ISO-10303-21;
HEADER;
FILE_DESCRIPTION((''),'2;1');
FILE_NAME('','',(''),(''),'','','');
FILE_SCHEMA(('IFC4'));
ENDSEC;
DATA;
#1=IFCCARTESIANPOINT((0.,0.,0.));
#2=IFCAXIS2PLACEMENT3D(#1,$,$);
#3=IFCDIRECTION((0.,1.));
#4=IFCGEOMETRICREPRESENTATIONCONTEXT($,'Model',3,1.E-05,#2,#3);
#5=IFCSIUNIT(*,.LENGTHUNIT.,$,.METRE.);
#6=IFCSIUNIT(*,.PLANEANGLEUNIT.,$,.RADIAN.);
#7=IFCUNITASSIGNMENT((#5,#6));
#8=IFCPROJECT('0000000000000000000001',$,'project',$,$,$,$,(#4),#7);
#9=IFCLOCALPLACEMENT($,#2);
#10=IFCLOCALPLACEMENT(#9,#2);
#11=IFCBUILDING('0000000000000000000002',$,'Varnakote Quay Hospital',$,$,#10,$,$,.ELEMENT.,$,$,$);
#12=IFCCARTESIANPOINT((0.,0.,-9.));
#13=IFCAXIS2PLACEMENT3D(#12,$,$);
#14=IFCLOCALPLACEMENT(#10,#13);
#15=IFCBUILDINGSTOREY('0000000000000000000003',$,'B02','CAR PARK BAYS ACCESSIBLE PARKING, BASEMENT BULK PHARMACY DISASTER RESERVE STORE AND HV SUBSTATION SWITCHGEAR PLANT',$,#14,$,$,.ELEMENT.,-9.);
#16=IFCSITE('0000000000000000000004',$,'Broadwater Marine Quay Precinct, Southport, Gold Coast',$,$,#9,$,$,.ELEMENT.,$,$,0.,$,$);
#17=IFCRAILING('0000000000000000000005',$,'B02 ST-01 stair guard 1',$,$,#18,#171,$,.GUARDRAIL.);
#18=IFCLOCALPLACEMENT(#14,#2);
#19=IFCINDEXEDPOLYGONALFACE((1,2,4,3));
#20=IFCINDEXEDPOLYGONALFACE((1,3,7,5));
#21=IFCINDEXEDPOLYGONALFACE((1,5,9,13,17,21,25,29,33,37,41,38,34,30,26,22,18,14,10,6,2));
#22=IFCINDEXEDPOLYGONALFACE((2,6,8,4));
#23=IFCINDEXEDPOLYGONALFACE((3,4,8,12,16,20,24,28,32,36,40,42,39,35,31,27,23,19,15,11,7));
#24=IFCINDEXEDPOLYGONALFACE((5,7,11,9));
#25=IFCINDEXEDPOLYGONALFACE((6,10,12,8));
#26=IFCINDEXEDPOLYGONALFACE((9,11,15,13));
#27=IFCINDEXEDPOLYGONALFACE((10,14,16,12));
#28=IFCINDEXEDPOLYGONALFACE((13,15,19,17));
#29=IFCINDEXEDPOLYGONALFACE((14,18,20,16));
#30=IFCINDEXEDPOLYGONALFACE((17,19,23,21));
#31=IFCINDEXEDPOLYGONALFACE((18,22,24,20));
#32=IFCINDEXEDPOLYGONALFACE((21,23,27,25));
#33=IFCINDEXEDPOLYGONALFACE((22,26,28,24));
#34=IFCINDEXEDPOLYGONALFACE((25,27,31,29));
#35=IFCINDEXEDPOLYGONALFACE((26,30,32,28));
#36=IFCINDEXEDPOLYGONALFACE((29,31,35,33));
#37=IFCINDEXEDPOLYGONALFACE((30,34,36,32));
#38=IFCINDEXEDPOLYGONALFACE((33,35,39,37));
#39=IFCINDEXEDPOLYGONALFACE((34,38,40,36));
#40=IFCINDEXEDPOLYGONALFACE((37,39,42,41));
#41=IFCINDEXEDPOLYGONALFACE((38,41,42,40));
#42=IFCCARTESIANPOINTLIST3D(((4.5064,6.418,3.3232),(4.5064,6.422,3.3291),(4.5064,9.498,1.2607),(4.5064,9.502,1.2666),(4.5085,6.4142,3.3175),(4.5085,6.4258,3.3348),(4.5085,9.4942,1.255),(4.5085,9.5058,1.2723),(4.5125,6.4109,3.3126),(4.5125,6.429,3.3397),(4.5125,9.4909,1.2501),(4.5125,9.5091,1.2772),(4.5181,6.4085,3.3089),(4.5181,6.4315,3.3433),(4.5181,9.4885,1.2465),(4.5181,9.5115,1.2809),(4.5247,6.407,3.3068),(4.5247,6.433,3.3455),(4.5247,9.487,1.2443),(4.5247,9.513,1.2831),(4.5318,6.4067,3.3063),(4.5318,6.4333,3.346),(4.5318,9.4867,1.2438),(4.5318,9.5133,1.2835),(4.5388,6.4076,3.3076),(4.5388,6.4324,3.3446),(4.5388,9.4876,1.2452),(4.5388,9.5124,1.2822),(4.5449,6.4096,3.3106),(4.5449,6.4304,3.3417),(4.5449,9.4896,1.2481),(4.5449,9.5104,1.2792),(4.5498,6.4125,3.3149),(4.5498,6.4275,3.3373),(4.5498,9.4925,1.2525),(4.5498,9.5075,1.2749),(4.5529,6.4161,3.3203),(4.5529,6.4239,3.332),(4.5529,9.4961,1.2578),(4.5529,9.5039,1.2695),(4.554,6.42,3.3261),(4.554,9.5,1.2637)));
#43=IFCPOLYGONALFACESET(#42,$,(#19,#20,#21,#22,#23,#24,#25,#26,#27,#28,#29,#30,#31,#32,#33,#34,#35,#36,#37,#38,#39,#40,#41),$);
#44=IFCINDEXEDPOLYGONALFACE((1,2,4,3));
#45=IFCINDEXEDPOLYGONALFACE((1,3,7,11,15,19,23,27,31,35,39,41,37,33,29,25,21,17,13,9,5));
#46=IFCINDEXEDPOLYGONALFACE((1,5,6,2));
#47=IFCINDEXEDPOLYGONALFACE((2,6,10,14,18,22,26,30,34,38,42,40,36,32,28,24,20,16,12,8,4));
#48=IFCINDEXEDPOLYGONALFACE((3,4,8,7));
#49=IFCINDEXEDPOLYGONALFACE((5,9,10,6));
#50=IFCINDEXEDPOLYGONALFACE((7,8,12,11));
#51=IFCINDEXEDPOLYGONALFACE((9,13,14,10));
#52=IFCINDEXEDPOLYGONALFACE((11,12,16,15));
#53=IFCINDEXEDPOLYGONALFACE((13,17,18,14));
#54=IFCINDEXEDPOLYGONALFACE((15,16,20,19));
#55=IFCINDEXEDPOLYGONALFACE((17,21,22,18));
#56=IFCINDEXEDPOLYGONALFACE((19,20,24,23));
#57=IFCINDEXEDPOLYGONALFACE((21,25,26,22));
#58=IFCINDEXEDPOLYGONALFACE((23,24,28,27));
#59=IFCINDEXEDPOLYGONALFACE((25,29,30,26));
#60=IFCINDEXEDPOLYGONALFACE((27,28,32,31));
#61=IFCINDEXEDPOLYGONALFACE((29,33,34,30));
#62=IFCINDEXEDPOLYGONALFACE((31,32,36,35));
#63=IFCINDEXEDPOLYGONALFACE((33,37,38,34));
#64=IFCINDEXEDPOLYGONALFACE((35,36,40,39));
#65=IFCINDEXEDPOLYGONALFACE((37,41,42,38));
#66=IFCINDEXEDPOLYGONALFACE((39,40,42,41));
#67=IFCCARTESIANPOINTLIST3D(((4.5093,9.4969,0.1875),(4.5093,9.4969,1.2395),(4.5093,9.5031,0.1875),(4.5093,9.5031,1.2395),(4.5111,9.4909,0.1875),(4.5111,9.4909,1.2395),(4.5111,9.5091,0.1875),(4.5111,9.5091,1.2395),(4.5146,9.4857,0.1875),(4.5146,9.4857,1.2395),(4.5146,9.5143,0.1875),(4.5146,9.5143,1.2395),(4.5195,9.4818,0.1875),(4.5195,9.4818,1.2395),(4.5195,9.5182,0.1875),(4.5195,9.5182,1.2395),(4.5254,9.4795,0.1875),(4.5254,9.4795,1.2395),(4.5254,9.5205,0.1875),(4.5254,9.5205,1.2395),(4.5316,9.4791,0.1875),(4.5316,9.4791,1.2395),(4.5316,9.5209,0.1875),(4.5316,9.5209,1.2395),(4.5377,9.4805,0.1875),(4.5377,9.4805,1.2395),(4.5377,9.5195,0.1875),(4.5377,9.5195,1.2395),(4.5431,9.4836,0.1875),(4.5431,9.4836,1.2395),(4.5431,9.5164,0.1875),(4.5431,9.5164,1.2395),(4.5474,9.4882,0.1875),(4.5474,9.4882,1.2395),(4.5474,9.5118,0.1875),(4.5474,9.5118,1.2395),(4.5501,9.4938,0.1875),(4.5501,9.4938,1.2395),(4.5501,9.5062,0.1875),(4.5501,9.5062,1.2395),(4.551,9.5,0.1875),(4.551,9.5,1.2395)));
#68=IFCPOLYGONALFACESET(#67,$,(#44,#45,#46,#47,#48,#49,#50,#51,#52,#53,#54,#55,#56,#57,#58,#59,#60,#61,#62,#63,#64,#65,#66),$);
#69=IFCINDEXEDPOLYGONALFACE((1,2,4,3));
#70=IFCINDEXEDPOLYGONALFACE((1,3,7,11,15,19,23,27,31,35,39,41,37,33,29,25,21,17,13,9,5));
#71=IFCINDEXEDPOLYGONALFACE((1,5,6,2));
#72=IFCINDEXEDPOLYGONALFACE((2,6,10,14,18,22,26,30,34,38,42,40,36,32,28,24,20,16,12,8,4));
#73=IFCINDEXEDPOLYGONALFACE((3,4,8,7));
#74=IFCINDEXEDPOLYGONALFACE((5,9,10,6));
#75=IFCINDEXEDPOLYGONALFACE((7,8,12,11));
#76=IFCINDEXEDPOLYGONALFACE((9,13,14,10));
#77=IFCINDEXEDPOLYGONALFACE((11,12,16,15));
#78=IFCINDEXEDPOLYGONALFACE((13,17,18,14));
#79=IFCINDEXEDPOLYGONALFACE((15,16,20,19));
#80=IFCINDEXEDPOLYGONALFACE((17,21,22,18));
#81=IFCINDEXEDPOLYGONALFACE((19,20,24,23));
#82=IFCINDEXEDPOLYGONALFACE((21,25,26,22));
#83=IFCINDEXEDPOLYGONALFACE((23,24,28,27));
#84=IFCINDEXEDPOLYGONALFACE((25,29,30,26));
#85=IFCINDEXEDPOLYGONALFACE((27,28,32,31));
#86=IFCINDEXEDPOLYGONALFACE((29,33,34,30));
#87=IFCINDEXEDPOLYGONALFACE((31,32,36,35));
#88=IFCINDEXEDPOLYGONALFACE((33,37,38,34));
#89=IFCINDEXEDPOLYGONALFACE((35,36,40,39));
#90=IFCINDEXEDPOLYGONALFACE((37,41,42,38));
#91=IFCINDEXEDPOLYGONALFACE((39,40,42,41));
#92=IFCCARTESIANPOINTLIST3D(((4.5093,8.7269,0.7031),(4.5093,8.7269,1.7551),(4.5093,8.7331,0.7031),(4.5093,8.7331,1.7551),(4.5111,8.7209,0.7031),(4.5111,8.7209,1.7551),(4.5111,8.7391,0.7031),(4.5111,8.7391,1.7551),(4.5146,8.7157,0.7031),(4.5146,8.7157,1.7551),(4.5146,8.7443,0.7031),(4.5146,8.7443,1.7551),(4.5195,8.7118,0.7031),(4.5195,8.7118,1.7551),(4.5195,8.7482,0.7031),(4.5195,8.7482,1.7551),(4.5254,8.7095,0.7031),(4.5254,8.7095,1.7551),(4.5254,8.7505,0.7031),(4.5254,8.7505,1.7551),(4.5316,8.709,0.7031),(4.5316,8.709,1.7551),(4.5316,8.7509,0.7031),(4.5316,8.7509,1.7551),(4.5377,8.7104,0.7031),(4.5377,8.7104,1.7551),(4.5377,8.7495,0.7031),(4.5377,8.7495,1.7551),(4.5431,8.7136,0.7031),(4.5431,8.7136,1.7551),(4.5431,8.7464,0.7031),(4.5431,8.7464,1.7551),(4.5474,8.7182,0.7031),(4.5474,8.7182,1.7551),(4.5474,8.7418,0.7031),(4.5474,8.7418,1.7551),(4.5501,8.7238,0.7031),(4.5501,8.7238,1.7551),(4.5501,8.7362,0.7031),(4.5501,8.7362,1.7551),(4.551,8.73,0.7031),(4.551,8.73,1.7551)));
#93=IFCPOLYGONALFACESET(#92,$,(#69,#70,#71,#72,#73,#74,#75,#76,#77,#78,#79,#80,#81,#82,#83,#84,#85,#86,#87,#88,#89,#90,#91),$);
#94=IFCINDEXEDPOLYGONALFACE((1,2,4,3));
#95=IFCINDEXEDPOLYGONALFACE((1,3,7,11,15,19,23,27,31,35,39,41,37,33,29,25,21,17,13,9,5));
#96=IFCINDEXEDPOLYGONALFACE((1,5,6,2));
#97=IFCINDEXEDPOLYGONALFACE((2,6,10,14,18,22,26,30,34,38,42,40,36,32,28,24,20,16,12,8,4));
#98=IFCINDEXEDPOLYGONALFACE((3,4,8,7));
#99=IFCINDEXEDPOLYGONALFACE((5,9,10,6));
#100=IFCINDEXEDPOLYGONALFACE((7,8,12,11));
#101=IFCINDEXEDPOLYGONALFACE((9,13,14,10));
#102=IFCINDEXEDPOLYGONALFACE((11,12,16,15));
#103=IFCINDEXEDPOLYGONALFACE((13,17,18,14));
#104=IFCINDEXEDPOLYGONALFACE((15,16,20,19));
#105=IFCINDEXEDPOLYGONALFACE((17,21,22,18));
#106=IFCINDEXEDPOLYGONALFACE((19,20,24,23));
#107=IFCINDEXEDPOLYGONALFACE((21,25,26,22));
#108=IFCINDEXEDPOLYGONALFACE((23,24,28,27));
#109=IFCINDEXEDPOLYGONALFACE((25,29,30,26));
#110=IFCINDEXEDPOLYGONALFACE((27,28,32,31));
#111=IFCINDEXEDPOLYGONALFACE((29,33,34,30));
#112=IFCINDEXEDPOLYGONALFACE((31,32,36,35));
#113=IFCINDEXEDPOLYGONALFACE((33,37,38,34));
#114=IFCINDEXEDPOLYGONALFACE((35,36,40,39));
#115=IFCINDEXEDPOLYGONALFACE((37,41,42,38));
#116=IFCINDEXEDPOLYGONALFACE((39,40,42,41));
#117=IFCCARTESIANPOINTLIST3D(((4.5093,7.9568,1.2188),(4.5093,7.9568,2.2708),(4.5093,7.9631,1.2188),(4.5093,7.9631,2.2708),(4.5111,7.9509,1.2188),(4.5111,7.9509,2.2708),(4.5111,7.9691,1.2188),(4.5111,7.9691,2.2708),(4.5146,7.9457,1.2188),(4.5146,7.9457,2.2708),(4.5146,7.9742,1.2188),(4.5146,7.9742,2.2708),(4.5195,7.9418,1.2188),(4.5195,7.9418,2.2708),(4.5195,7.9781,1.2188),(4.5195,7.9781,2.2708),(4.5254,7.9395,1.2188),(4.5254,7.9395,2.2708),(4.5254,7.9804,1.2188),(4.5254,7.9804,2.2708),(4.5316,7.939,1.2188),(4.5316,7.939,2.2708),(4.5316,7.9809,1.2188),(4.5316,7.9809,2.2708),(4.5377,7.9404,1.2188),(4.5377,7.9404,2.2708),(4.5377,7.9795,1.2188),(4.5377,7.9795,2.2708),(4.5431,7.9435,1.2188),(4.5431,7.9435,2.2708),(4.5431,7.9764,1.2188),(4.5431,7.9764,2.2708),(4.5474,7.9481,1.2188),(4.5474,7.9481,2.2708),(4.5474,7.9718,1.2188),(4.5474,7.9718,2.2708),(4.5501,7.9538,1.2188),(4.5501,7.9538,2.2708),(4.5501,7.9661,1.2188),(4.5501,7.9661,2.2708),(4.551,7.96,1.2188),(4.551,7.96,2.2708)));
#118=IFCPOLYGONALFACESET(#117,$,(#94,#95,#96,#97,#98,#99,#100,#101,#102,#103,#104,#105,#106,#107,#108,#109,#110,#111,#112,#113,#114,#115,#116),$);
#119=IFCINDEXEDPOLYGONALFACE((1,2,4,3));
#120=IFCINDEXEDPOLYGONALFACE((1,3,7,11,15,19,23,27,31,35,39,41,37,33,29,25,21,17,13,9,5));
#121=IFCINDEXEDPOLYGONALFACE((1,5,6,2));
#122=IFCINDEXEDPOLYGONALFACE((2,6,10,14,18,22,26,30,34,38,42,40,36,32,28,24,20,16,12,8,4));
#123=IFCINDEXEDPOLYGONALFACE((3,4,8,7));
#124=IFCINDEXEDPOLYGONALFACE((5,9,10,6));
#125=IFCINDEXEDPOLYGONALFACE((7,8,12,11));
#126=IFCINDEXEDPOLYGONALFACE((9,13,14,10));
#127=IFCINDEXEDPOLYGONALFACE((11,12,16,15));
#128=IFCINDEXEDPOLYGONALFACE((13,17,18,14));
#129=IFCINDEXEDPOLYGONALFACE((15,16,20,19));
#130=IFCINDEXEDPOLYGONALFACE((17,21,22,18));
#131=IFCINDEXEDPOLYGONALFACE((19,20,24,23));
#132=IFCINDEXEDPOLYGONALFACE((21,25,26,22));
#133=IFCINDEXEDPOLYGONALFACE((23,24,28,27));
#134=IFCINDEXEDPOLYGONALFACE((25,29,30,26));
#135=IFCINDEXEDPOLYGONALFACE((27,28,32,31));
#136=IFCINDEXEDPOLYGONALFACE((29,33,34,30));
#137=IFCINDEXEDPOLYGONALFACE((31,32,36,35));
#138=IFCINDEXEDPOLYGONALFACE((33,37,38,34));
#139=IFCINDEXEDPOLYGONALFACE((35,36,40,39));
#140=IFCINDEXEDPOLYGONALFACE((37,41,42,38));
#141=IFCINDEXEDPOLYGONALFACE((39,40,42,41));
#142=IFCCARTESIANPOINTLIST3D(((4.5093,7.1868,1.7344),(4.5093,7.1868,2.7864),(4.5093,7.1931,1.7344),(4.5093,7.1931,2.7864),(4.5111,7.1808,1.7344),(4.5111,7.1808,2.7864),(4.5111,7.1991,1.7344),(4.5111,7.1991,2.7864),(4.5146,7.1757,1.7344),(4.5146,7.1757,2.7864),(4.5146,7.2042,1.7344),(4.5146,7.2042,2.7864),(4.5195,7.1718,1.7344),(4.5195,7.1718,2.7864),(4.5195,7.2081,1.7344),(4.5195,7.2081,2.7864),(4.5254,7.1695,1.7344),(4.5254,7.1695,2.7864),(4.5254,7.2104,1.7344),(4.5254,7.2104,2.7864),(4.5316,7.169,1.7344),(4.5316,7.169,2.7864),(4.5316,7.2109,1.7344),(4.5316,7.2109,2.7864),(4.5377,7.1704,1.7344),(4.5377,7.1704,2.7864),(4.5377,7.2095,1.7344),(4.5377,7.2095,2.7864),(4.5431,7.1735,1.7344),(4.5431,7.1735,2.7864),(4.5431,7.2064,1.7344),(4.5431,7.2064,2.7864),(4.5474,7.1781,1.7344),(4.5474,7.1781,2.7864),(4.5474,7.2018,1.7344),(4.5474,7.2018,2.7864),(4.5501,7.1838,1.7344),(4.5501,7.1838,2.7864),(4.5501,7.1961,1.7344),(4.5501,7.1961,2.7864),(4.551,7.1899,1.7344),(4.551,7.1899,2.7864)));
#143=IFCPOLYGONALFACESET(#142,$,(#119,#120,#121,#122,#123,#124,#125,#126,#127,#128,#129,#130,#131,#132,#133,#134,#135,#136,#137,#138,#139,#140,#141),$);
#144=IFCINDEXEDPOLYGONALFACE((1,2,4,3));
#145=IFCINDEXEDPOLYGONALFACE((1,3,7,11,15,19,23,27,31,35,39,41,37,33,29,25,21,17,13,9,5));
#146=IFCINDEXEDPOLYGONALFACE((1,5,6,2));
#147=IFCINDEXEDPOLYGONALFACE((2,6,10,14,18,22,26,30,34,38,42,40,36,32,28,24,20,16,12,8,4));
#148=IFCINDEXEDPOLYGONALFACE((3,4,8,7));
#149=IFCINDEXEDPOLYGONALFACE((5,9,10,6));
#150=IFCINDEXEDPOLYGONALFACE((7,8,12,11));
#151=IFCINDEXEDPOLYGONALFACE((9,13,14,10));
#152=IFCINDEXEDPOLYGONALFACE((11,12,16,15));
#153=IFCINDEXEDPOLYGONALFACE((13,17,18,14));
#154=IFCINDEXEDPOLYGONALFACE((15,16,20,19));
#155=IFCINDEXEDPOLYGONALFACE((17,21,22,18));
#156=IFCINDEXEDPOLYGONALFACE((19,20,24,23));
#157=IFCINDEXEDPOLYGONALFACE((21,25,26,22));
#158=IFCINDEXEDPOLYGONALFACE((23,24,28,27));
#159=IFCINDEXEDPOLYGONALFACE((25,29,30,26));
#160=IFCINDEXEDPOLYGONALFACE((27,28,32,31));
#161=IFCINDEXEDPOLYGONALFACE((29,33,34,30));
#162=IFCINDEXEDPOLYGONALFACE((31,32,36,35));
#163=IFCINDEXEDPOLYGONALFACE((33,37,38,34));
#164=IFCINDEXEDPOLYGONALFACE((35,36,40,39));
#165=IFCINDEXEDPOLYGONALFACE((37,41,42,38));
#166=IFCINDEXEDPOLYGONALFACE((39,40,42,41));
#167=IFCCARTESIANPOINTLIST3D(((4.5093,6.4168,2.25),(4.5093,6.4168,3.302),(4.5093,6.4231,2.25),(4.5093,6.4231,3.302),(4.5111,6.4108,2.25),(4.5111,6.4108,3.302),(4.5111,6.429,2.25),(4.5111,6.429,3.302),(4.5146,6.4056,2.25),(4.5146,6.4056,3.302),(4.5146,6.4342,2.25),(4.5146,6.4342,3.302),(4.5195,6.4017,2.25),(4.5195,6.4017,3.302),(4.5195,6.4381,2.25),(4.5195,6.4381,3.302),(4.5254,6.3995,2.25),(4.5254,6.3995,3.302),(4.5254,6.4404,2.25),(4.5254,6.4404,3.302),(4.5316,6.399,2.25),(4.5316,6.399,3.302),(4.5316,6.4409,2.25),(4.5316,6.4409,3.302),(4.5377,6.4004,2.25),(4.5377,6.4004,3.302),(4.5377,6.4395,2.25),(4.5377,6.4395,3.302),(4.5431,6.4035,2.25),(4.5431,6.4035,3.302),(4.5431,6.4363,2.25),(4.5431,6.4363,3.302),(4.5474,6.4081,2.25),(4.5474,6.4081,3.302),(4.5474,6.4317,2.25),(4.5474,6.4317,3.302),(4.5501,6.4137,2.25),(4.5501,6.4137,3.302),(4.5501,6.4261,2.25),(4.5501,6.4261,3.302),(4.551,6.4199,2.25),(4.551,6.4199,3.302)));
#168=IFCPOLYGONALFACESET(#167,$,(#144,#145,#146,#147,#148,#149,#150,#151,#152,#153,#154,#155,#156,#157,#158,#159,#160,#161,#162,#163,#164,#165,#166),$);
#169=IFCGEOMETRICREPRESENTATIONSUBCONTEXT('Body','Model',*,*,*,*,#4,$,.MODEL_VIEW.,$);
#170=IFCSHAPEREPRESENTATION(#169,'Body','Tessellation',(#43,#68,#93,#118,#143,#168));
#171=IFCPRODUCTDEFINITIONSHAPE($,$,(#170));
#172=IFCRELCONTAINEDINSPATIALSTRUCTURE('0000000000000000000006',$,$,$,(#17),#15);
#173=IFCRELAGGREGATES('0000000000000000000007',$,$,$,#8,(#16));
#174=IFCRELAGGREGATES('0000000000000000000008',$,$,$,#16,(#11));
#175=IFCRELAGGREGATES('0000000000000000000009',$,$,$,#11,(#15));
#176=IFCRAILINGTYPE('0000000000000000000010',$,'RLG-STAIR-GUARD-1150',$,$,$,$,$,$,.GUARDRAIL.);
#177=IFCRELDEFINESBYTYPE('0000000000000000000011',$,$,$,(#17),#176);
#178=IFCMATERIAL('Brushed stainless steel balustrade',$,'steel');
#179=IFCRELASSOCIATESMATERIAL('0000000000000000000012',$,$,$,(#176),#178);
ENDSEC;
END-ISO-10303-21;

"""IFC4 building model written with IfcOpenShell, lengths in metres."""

from ifc_helpers import new_model, si_unit, direction, frame, origin, origin_2d, place, context, subcontext, project, spatial, circle, extrude, material, type_object, element, save


model = new_model("IFC4")

# Units and contexts
model_context = context("Model", 3, precision=1e-05, world=origin(), true_north=direction((0.0, 1.0)))
body_context = subcontext(model_context, "Body", "Model", "MODEL_VIEW")
ifc_project = project(units=[si_unit("LENGTHUNIT", "METRE"), si_unit("PLANEANGLEUNIT", "RADIAN")], contexts=[model_context])

# Site, building, storey
site_placement = place(None, origin())
site = spatial("IfcSite", under=ifc_project, at=site_placement, Name="Broadwater Marine Quay Precinct, Southport, Gold Coast", CompositionType="ELEMENT", RefElevation=0.0)
building_placement = place(site_placement, origin())
building = spatial("IfcBuilding", under=site, at=building_placement, Name="Varnakote Quay Hospital", CompositionType="ELEMENT")
storey_placement = place(building_placement, frame((0.0, 0.0, -9.0)))
storey = spatial("IfcBuildingStorey", under=building, at=storey_placement, Name="B02", Description="CAR PARK BAYS ACCESSIBLE PARKING, BASEMENT BULK PHARMACY DISASTER RESERVE STORE AND HV SUBSTATION SWITCHGEAR PLANT", CompositionType="ELEMENT", Elevation=-9.0)

# Railing
ifc_material_1 = material(Name="Brushed stainless steel balustrade", Category="steel")
railing_type_1 = type_object("IfcRailingType", Name="RLG-STAIR-GUARD-1150", PredefinedType="GUARDRAIL", material=ifc_material_1)
railing_1_placement = place(storey_placement, frame((4.53, 9.5, 0.1875)))
element("IfcRailing", 1, at=railing_1_placement, inside=storey, type_object=railing_type_1, Name="B02 ST-01 stair guard 1", PredefinedType="GUARDRAIL", context=body_context, shape_type="SweptSolid", body=[
    extrude(circle(Radius=0.0239, at=origin_2d()), frame((0.0, 0.0, 1.0762), z_axis=(0.0, -0.830914, 0.556401), x_axis=(1.0, 0.0, 0.0)), (0.0, 0.0, 1.0), 3.7068),
    extrude(circle(Radius=0.021, at=origin_2d()), origin(), (0.0, 0.0, 1.0), 1.052),
    extrude(circle(Radius=0.021, at=origin_2d()), frame((0.0, -0.77, 0.5156)), (0.0, 0.0, 1.0), 1.052),
    extrude(circle(Radius=0.021, at=origin_2d()), frame((0.0, -1.54, 1.0312)), (0.0, 0.0, 1.0), 1.052),
    extrude(circle(Radius=0.021, at=origin_2d()), frame((0.0, -2.3101, 1.5469)), (0.0, 0.0, 1.0), 1.052),
    extrude(circle(Radius=0.021, at=origin_2d()), frame((0.0, -3.0801, 2.0625)), (0.0, 0.0, 1.0), 1.052),
])

save(model, "model.ifc")
